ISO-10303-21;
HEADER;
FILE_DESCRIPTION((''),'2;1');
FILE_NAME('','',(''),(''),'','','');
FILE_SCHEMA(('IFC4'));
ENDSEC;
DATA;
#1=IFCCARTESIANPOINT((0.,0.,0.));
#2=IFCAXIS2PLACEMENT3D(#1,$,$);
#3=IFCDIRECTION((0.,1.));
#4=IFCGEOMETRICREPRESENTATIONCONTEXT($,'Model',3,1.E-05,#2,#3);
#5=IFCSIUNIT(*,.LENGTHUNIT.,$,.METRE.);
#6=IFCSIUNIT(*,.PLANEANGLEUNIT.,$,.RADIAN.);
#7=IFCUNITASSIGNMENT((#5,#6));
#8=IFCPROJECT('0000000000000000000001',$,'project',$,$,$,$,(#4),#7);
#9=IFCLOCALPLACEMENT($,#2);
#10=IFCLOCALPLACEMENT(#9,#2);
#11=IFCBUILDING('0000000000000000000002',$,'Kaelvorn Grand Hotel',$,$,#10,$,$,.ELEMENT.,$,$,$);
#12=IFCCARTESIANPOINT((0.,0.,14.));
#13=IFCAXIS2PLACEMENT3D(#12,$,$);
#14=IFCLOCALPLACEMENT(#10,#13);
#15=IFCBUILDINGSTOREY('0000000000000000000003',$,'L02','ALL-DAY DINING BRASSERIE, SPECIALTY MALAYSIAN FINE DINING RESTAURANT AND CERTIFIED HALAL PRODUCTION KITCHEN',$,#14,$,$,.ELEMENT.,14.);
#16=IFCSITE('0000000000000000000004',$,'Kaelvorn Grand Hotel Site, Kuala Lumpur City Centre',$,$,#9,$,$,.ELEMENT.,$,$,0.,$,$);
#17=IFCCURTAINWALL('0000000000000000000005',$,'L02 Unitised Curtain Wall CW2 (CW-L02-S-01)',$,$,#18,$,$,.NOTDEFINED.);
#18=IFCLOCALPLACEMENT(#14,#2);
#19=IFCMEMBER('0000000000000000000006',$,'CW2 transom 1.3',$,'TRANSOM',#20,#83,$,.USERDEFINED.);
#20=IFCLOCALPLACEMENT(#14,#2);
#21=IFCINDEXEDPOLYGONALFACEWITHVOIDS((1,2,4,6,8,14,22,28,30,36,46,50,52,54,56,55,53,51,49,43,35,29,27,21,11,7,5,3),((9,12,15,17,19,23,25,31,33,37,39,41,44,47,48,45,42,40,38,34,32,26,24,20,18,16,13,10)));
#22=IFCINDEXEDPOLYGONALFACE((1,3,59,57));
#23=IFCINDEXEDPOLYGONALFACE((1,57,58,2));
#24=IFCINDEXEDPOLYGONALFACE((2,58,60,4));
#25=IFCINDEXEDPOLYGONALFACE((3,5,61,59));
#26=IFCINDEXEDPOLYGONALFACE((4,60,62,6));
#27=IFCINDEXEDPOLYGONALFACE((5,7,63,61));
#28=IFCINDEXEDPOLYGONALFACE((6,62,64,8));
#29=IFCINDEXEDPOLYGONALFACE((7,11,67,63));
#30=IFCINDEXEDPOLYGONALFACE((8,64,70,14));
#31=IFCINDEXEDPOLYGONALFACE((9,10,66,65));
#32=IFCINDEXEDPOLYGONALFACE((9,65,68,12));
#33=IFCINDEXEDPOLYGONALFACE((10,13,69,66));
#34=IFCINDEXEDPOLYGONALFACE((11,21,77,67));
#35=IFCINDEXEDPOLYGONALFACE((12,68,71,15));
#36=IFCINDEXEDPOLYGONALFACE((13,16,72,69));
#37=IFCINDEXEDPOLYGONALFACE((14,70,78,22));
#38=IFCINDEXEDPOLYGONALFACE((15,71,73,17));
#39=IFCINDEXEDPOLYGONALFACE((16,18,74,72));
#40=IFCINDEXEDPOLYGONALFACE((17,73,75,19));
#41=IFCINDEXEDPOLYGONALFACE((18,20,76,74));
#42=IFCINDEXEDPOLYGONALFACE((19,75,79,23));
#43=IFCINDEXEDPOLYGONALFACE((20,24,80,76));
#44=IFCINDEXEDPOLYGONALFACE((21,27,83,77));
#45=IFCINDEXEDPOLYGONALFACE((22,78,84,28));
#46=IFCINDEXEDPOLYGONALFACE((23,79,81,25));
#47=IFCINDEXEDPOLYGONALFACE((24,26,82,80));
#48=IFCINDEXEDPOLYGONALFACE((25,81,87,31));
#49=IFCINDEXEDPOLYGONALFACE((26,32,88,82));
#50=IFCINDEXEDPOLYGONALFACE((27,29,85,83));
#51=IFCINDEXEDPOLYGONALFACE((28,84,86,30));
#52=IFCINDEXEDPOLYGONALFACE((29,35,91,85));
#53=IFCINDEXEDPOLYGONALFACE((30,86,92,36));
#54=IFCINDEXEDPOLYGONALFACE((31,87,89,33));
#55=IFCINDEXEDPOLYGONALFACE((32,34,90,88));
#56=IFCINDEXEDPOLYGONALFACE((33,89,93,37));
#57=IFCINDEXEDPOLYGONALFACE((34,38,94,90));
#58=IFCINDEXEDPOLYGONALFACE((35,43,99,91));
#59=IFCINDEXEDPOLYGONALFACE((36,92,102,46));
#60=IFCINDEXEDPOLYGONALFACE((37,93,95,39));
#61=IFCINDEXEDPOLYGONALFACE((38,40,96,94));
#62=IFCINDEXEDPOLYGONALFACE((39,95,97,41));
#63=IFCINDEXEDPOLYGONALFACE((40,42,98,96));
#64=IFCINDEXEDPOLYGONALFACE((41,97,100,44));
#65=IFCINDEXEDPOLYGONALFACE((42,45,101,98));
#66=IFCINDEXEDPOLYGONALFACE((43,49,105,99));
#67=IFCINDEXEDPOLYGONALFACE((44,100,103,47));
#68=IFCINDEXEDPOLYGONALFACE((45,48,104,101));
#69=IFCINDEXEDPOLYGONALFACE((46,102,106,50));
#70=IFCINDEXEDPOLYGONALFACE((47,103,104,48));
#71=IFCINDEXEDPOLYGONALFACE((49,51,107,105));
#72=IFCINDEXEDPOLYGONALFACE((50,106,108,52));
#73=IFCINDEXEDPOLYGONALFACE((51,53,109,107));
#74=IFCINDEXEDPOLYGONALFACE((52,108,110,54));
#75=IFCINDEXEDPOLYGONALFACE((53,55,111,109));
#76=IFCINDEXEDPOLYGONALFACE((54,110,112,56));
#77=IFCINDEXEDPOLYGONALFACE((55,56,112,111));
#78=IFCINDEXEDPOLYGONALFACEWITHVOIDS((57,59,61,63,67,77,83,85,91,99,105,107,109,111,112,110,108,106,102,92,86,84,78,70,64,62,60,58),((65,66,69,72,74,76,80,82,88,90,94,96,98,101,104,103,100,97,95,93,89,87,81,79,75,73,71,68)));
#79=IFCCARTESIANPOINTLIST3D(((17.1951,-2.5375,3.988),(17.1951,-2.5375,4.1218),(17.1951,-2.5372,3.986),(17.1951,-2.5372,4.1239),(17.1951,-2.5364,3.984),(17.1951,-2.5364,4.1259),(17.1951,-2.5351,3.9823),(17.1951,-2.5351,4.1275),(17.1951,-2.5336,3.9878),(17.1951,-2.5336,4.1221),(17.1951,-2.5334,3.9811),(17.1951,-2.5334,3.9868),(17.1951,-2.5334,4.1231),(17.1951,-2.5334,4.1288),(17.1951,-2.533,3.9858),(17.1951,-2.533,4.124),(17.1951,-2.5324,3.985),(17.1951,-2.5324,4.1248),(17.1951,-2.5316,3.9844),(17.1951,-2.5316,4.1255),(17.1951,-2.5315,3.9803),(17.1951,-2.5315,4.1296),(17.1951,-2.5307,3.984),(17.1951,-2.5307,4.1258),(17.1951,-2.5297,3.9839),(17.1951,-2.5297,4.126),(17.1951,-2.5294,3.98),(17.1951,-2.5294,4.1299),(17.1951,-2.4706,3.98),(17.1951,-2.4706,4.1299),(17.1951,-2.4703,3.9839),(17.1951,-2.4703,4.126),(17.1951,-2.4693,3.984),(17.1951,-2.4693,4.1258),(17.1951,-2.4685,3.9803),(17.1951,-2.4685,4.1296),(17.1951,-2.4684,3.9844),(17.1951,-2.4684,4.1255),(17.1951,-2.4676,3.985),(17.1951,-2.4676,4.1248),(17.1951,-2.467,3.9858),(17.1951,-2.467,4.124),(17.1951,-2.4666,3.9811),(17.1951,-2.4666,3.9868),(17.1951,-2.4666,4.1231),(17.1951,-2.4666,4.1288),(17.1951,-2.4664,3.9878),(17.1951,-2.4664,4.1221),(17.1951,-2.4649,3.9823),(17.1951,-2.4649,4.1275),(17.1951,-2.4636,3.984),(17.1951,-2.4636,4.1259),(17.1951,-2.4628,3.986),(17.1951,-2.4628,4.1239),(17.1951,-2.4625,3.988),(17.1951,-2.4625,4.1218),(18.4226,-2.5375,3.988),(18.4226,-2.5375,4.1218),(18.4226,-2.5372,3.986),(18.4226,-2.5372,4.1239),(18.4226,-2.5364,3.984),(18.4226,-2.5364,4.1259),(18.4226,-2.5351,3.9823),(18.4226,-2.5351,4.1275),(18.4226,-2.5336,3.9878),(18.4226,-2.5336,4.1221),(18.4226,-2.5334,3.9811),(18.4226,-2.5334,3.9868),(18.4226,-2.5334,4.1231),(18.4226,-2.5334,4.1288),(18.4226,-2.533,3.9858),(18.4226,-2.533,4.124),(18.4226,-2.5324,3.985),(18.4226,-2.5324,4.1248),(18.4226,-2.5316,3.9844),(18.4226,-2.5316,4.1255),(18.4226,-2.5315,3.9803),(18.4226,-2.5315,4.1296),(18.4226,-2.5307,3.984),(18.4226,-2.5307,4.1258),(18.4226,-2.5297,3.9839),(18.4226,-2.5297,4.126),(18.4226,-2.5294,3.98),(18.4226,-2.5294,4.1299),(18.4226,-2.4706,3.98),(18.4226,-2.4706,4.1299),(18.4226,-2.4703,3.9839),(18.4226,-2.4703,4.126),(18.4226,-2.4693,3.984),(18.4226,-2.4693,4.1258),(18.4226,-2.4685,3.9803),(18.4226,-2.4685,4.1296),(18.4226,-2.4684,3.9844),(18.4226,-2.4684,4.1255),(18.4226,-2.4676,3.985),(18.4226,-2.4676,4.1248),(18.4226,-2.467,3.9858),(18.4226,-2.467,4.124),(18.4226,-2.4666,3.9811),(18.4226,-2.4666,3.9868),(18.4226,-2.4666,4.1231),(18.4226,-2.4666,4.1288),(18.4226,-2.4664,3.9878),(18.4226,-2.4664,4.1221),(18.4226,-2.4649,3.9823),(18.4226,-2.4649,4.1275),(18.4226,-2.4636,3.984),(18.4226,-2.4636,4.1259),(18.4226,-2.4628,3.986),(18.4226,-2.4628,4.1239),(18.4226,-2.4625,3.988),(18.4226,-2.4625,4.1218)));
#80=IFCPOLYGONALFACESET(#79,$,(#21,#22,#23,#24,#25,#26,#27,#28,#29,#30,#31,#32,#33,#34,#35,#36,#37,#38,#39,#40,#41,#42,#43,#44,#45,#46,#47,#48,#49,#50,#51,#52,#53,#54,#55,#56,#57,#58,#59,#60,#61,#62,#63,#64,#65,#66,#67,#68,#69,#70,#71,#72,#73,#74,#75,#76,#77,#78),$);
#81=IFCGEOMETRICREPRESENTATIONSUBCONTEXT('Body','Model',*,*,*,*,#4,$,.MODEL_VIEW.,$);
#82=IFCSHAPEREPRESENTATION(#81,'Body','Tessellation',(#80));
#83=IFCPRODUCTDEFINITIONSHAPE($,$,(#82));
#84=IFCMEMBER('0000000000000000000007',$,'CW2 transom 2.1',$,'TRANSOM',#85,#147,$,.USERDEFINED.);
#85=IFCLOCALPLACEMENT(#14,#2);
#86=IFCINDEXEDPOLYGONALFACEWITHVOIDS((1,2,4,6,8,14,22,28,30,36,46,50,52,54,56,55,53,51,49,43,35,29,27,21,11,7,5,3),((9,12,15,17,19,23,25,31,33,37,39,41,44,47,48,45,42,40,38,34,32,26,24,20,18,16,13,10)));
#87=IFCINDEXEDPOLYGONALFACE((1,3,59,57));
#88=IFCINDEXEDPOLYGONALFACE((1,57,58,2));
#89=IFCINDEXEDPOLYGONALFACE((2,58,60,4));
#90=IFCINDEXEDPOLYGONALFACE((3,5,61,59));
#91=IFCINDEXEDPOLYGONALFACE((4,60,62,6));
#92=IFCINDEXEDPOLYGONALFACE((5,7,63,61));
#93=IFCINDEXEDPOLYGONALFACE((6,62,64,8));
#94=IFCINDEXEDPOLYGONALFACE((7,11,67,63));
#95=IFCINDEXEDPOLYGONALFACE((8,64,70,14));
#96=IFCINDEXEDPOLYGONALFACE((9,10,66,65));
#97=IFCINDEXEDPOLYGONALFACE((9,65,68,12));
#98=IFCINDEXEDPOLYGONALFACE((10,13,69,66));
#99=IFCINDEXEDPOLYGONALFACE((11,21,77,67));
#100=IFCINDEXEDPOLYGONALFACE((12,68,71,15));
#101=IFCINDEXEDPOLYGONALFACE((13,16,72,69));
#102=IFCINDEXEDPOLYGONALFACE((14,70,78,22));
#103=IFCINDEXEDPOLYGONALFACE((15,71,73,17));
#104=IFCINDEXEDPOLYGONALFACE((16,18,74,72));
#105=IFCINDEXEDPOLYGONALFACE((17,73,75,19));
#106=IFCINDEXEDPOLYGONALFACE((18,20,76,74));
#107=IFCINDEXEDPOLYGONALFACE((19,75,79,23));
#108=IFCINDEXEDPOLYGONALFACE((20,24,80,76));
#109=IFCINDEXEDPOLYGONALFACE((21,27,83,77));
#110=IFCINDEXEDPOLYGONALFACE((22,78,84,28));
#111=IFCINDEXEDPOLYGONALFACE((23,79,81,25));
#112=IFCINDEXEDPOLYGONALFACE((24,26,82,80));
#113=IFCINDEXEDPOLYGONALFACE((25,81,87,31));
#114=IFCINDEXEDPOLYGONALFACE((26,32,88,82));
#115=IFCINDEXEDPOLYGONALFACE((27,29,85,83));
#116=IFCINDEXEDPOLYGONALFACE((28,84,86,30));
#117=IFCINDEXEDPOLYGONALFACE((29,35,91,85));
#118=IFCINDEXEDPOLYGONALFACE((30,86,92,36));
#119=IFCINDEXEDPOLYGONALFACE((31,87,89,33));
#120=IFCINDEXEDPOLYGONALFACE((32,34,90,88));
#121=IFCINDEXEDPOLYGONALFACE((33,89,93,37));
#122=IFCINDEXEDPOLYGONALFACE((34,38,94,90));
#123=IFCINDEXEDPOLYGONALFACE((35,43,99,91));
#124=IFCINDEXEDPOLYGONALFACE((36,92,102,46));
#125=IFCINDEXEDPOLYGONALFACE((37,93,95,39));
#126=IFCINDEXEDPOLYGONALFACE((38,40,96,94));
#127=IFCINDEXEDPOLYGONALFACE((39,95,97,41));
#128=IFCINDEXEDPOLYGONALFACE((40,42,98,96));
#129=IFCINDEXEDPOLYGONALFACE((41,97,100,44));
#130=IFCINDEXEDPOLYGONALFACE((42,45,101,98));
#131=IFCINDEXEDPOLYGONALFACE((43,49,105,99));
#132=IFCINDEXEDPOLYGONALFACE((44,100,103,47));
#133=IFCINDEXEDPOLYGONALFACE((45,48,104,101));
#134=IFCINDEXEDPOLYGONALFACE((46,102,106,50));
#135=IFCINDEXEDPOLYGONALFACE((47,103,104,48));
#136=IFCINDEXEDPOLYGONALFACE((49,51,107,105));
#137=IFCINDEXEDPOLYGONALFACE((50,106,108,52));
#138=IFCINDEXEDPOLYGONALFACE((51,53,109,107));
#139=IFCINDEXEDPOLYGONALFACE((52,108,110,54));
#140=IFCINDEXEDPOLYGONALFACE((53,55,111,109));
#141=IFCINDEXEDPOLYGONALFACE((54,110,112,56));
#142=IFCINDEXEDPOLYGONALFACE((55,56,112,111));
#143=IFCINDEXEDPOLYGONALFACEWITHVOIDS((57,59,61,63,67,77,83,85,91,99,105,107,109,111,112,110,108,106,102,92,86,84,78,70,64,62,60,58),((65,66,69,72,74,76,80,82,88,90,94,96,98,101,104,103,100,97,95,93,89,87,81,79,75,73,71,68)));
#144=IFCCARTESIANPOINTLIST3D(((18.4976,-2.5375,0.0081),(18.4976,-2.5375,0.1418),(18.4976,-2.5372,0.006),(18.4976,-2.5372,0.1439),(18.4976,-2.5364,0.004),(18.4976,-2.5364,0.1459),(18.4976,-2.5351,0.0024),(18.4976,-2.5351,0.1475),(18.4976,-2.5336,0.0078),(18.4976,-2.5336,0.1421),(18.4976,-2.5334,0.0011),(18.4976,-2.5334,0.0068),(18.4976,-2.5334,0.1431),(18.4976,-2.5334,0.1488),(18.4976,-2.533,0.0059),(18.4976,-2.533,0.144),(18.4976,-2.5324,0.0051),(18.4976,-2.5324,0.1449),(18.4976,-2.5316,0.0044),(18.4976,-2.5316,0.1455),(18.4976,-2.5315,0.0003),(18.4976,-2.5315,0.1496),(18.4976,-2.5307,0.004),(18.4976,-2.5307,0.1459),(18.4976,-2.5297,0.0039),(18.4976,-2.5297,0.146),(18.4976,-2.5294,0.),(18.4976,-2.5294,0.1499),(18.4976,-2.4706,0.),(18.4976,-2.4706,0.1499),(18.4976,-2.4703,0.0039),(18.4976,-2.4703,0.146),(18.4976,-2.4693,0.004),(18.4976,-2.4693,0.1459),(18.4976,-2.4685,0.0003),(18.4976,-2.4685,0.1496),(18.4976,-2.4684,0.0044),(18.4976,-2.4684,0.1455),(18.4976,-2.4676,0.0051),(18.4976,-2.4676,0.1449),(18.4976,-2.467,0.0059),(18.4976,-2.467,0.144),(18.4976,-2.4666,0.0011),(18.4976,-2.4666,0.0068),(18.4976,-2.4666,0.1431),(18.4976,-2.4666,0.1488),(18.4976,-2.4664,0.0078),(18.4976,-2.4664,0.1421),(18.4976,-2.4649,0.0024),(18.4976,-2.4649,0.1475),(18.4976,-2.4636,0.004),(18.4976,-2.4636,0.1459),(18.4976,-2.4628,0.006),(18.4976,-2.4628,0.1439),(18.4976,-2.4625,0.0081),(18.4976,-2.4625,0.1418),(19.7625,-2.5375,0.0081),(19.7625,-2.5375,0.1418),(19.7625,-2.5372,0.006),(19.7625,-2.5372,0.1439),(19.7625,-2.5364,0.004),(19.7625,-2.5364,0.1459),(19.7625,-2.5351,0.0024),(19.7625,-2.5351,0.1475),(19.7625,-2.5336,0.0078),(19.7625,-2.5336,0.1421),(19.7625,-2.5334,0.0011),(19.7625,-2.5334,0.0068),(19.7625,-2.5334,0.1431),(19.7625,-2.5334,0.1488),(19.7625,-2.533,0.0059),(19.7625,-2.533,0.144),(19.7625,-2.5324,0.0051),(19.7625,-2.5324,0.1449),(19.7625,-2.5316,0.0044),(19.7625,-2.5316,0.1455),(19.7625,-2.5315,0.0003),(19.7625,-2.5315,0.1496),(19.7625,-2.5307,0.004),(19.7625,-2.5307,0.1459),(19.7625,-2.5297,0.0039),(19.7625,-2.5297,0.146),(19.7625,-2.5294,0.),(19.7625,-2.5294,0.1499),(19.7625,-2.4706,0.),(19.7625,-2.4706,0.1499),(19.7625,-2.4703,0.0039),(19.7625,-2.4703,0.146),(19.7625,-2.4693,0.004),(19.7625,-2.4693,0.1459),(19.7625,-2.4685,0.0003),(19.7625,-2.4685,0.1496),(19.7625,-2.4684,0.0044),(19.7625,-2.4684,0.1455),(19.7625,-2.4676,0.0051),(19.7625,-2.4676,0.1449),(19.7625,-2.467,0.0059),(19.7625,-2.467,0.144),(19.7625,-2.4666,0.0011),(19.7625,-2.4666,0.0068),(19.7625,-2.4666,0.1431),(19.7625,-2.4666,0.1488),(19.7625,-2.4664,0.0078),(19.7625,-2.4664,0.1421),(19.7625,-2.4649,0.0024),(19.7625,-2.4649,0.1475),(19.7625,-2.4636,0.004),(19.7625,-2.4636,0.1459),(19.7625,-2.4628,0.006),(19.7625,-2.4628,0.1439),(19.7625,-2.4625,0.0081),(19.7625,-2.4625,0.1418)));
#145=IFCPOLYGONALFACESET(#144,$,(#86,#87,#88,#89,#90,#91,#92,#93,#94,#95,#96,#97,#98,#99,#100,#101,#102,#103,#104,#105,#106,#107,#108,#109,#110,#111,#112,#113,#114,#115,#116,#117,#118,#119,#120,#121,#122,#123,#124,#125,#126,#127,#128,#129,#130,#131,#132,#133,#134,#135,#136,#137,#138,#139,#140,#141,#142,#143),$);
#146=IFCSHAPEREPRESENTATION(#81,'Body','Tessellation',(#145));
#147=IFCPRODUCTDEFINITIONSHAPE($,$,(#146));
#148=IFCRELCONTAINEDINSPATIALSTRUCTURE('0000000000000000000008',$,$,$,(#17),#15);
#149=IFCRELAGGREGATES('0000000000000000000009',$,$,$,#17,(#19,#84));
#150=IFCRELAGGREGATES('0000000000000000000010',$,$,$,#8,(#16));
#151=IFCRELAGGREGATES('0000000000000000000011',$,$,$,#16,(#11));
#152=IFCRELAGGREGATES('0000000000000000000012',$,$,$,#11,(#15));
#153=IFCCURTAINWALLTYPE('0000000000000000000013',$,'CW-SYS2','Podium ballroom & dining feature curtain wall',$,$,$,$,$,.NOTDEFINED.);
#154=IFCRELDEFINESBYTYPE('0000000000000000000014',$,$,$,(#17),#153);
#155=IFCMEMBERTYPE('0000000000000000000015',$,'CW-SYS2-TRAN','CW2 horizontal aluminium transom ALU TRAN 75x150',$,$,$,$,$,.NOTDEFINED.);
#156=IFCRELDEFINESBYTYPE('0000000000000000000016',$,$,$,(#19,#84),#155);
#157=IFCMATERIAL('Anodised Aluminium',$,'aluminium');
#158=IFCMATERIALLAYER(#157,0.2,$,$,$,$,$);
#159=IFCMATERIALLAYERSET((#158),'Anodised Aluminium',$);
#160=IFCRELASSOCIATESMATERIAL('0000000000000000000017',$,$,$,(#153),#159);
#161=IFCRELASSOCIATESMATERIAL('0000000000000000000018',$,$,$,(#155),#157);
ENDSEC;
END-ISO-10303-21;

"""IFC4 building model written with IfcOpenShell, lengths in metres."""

from ifc_helpers import new_model, si_unit, direction, frame, origin, origin_2d, place, context, subcontext, project, spatial, hollow_rectangle, extrude, material, layer, layer_set, material_profile, profile_set, type_object, element, aggregate, save


model = new_model("IFC4")

# Units and contexts
model_context = context("Model", 3, precision=1e-05, world=origin(), true_north=direction((0.0, 1.0)))
body_context = subcontext(model_context, "Body", "Model", "MODEL_VIEW")
ifc_project = project(units=[si_unit("LENGTHUNIT", "METRE"), si_unit("PLANEANGLEUNIT", "RADIAN")], contexts=[model_context])

# Site, building, storey
site_placement = place(None, origin())
site = spatial("IfcSite", under=ifc_project, at=site_placement, Name="Kaelvorn Grand Hotel Site, Kuala Lumpur City Centre", CompositionType="ELEMENT", RefElevation=0.0)
building_placement = place(site_placement, origin())
building = spatial("IfcBuilding", under=site, at=building_placement, Name="Kaelvorn Grand Hotel", CompositionType="ELEMENT")
storey_placement = place(building_placement, frame((0.0, 0.0, 14.0)))
storey = spatial("IfcBuildingStorey", under=building, at=storey_placement, Name="L02", Description="ALL-DAY DINING BRASSERIE, SPECIALTY MALAYSIAN FINE DINING RESTAURANT AND CERTIFIED HALAL PRODUCTION KITCHEN", CompositionType="ELEMENT", Elevation=14.0)

# Curtain wall, members
ifc_material_1 = material(Name="Anodised Aluminium", Category="aluminium")
ifc_layer_1 = layer(ifc_material_1, 0.2)
ifc_layer_set_1 = layer_set([ifc_layer_1], Name="Anodised Aluminium")
curtain_wall_type = type_object("IfcCurtainWallType", Name="CW-SYS2", Description="Podium ballroom & dining feature curtain wall", PredefinedType="NOTDEFINED", material=ifc_layer_set_1)
curtain_wall_placement = place(storey_placement, origin())
curtain_wall = element("IfcCurtainWall", 1, at=curtain_wall_placement, inside=storey, type_object=curtain_wall_type, Name="L02 Unitised Curtain Wall CW2 (CW-L02-S-01)", PredefinedType="NOTDEFINED")
ifc_material_profile_1 = material_profile(ifc_material_1, hollow_rectangle(XDim=0.075, YDim=0.1499, WallThickness=0.0039, InnerFilletRadius=0.0039, OuterFilletRadius=0.0081, at=origin_2d()), Name="ALU TRAN 75x150")
ifc_profile_set_1 = profile_set([ifc_material_profile_1], Name="Anodised Aluminium")
member_type_1 = type_object("IfcMemberType", Name="CW-SYS2-TRAN", Description="CW2 horizontal aluminium transom ALU TRAN 75x150", PredefinedType="NOTDEFINED", material=ifc_profile_set_1)
member_1_placement = place(storey_placement, frame((17.1951, -2.5, 4.0549), z_axis=(1.0, 0.0, 0.0), x_axis=(0.0, 1.0, 0.0)))
member_1 = element("IfcMember", 2, at=member_1_placement, type_object=member_type_1, Name="CW2 transom 1.3", ObjectType="TRANSOM", PredefinedType="USERDEFINED", context=body_context, shape_type="SweptSolid", body=[
    extrude(hollow_rectangle(XDim=0.075, YDim=0.1499, WallThickness=0.0039, InnerFilletRadius=0.0039, OuterFilletRadius=0.0081, at=origin_2d()), origin(), (0.0, 0.0, 1.0), 1.2275),
])
member_2_placement = place(storey_placement, frame((18.4976, -2.5, 0.075), z_axis=(1.0, 0.0, 0.0), x_axis=(0.0, 1.0, 0.0)))
member_2 = element("IfcMember", 3, at=member_2_placement, type_object=member_type_1, Name="CW2 transom 2.1", ObjectType="TRANSOM", PredefinedType="USERDEFINED", context=body_context, shape_type="SweptSolid", body=[
    extrude(hollow_rectangle(XDim=0.075, YDim=0.1499, WallThickness=0.0039, InnerFilletRadius=0.0039, OuterFilletRadius=0.0081, at=origin_2d()), origin(), (0.0, 0.0, 1.0), 1.2649),
])
aggregate(curtain_wall, [member_1, member_2])

save(model, "model.ifc")
